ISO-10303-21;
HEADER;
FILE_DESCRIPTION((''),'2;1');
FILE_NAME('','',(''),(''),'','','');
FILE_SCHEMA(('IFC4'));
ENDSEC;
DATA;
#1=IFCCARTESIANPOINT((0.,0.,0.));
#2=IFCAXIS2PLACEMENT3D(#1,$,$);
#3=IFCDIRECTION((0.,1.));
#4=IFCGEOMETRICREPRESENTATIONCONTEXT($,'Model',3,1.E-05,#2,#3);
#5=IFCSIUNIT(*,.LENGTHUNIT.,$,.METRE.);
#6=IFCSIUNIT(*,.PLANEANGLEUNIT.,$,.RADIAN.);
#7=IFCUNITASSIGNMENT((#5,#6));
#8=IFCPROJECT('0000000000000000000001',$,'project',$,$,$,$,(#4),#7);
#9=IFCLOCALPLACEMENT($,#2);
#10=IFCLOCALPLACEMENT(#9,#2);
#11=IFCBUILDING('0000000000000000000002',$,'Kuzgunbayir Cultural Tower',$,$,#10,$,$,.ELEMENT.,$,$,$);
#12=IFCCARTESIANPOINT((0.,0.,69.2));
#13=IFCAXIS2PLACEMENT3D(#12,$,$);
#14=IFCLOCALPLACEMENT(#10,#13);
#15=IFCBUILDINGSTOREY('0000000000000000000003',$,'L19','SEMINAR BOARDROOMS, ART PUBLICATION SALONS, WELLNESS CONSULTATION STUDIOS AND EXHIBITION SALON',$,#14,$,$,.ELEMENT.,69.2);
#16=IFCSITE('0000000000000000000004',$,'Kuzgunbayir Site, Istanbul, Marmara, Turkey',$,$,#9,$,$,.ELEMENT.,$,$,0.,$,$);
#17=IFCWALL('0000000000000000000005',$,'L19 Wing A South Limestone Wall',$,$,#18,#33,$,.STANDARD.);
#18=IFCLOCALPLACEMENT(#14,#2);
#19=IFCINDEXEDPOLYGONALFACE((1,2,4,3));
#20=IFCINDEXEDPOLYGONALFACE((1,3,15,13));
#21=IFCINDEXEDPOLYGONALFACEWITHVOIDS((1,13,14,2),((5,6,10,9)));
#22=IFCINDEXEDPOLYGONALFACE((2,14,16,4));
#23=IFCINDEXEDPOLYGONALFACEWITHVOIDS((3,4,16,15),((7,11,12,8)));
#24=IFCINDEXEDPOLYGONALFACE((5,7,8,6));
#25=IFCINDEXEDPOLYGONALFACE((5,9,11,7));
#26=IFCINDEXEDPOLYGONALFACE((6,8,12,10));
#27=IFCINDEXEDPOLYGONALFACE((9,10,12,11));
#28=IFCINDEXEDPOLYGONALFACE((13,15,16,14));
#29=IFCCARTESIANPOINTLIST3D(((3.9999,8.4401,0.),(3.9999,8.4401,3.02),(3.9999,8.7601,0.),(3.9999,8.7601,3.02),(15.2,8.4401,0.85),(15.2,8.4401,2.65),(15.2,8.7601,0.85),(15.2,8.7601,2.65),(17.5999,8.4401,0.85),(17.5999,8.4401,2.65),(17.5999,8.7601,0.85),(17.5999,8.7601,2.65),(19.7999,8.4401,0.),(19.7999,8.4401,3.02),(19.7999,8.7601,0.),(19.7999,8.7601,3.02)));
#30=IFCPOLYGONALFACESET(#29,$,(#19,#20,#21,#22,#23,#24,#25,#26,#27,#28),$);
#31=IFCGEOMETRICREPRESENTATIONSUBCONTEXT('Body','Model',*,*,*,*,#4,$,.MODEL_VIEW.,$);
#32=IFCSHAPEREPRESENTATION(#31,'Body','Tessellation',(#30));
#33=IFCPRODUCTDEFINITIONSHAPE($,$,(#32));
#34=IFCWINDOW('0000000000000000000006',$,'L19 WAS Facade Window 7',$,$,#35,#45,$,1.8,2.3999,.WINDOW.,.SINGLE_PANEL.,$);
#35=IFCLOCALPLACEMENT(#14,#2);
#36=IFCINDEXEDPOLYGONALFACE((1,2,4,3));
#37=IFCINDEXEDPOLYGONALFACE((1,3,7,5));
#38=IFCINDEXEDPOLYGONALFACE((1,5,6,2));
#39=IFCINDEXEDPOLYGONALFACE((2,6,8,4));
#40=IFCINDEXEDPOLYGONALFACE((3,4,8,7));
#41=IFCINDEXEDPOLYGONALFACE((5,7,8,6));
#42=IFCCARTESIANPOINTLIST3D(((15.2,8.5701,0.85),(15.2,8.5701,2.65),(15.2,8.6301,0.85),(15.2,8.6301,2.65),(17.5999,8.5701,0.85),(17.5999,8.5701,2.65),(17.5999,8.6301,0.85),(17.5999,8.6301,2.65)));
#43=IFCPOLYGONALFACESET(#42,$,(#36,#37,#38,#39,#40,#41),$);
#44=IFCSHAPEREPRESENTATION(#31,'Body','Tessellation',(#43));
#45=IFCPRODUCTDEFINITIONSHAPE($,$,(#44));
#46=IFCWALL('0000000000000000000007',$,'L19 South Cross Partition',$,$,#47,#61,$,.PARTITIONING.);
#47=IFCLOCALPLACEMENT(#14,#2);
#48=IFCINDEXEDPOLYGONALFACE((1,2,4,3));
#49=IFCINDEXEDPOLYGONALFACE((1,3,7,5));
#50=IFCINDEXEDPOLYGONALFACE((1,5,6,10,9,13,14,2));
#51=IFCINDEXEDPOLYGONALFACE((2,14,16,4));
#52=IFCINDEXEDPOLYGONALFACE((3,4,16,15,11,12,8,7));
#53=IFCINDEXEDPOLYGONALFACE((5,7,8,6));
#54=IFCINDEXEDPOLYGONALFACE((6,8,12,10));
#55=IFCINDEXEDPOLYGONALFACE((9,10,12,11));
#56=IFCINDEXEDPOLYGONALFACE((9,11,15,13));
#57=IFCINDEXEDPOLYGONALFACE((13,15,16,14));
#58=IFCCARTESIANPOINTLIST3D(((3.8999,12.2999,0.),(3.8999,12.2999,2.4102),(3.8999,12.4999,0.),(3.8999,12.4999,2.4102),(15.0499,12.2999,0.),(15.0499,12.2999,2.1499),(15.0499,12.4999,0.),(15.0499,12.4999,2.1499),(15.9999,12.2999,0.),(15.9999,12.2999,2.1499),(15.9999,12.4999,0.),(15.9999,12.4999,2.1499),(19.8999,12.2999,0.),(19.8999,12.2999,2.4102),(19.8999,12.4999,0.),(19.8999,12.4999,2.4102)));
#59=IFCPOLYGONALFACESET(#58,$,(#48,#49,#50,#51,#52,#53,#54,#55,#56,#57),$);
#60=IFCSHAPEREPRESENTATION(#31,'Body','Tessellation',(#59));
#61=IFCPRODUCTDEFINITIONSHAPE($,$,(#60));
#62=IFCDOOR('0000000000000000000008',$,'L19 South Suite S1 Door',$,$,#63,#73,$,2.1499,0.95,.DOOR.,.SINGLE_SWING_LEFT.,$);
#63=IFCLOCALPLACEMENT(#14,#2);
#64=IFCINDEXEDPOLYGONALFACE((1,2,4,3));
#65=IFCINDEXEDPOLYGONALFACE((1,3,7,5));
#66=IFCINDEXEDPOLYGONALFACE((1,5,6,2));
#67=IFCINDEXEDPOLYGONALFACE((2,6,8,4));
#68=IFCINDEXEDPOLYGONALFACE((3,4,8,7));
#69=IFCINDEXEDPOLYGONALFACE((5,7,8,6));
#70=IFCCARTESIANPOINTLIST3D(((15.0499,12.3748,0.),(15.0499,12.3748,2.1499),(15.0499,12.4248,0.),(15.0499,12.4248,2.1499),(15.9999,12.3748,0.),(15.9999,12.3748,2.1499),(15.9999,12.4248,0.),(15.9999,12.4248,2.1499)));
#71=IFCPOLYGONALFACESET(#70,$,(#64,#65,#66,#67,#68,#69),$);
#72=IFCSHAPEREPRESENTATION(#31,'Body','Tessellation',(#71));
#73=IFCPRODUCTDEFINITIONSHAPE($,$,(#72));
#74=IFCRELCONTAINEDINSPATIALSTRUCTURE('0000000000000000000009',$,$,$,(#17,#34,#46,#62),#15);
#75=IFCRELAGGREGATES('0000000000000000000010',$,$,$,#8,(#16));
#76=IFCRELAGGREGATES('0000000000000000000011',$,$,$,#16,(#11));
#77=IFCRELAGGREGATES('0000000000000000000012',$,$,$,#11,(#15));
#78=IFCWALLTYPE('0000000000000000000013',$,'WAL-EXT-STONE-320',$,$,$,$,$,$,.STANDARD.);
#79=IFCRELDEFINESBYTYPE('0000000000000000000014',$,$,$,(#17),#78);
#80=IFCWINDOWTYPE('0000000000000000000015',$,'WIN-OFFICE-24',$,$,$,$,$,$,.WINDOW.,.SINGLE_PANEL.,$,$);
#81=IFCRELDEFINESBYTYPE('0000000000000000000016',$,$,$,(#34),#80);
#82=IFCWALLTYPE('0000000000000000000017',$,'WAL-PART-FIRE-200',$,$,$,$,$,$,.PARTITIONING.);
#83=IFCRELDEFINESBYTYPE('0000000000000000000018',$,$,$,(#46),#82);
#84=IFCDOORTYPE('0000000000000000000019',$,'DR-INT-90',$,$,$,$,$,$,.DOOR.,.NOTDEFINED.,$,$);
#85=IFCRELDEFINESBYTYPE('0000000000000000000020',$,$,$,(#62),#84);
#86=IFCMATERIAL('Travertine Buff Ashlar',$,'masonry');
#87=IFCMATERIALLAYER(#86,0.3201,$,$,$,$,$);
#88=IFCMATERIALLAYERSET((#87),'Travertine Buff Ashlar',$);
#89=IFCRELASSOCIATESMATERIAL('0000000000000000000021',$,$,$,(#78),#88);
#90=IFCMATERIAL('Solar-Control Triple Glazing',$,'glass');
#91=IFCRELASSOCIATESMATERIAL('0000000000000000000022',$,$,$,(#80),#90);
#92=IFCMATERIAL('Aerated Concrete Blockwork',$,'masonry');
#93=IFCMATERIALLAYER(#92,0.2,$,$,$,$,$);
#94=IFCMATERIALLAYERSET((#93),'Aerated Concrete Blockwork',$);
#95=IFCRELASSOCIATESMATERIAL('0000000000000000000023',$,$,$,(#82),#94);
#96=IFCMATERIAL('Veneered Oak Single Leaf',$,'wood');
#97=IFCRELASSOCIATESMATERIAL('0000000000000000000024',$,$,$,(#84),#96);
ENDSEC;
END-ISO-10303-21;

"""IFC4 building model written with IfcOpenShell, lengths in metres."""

from ifc_helpers import new_model, si_unit, direction, frame, frame_2d, origin, place, context, subcontext, project, spatial, rectangle, extrude, material, layer, layer_set, type_object, element, fill, save


model = new_model("IFC4")

# Units and contexts
model_context = context("Model", 3, precision=1e-05, world=origin(), true_north=direction((0.0, 1.0)))
body_context = subcontext(model_context, "Body", "Model", "MODEL_VIEW")
ifc_project = project(units=[si_unit("LENGTHUNIT", "METRE"), si_unit("PLANEANGLEUNIT", "RADIAN")], contexts=[model_context])

# Site, building, storey
site_placement = place(None, origin())
site = spatial("IfcSite", under=ifc_project, at=site_placement, Name="Kuzgunbayir Site, Istanbul, Marmara, Turkey", CompositionType="ELEMENT", RefElevation=0.0)
building_placement = place(site_placement, origin())
building = spatial("IfcBuilding", under=site, at=building_placement, Name="Kuzgunbayir Cultural Tower", CompositionType="ELEMENT")
storey_placement = place(building_placement, frame((0.0, 0.0, 69.2)))
storey = spatial("IfcBuildingStorey", under=building, at=storey_placement, Name="L19", Description="SEMINAR BOARDROOMS, ART PUBLICATION SALONS, WELLNESS CONSULTATION STUDIOS AND EXHIBITION SALON", CompositionType="ELEMENT", Elevation=69.2)

# Wall, opening, window
ifc_material_1 = material(Name="Travertine Buff Ashlar", Category="masonry")
ifc_layer_1 = layer(ifc_material_1, 0.3201)
ifc_layer_set_1 = layer_set([ifc_layer_1], Name="Travertine Buff Ashlar")
wall_type_1 = type_object("IfcWallType", Name="WAL-EXT-STONE-320", PredefinedType="STANDARD", material=ifc_layer_set_1)
wall_1_placement = place(storey_placement, frame((4.0, 8.6001, 0.0), z_axis=(0.0, 0.0, 1.0), x_axis=(1.0, 0.0, 0.0)))
wall_1 = element("IfcWall", 1, at=wall_1_placement, inside=storey, type_object=wall_type_1, Name="L19 Wing A South Limestone Wall", PredefinedType="STANDARD", context=body_context, shape_type="SweptSolid", body=[
    extrude(rectangle(XDim=15.8, YDim=0.3201, at=frame_2d((7.8999, 0.0))), origin(), (0.0, 0.0, 1.0), 3.02),
])
opening_1_placement = place(wall_1_placement, frame((11.2, 0.0, 0.8501)))
opening_1 = element("IfcOpeningElement", 2, at=opening_1_placement, cuts=wall_1, PredefinedType="OPENING", context=body_context, shape_type="SweptSolid", body=[
    extrude(rectangle(XDim=2.3999, YDim=1.8, at=frame_2d((1.2, 0.8999))), frame((0.0, 0.1699, 0.0), z_axis=(0.0, -1.0, 0.0), x_axis=(1.0, 0.0, 0.0)), (0.0, 0.0, 1.0), 0.3401),
])
ifc_material_2 = material(Name="Solar-Control Triple Glazing", Category="glass")
window_type = type_object("IfcWindowType", Name="WIN-OFFICE-24", PartitioningType="SINGLE_PANEL", PredefinedType="WINDOW", material=ifc_material_2)
window_placement = place(opening_1_placement, origin())
window = element("IfcWindow", 3, at=window_placement, inside=storey, type_object=window_type, Name="L19 WAS Facade Window 7", OverallHeight=1.8, OverallWidth=2.3999, PartitioningType="SINGLE_PANEL", PredefinedType="WINDOW", context=body_context, shape_type="SweptSolid", body=[
    extrude(rectangle(XDim=2.3999, YDim=1.8, at=frame_2d((1.2, 0.8999))), frame((0.0, 0.03, 0.0), z_axis=(0.0, -1.0, 0.0), x_axis=(1.0, 0.0, 0.0)), (0.0, 0.0, 1.0), 0.0601),
])
fill(opening_1, window)

# Wall, opening, door
ifc_material_3 = material(Name="Aerated Concrete Blockwork", Category="masonry")
ifc_layer_2 = layer(ifc_material_3, 0.2)
ifc_layer_set_2 = layer_set([ifc_layer_2], Name="Aerated Concrete Blockwork")
wall_type_2 = type_object("IfcWallType", Name="WAL-PART-FIRE-200", PredefinedType="PARTITIONING", material=ifc_layer_set_2)
wall_2_placement = place(storey_placement, frame((3.8999, 12.3999, 0.0), z_axis=(0.0, 0.0, 1.0), x_axis=(1.0, 0.0, 0.0)))
wall_2 = element("IfcWall", 4, at=wall_2_placement, inside=storey, type_object=wall_type_2, Name="L19 South Cross Partition", PredefinedType="PARTITIONING", context=body_context, shape_type="SweptSolid", body=[
    extrude(rectangle(XDim=16.0, YDim=0.2, at=frame_2d((8.0, 0.0))), origin(), (0.0, 0.0, 1.0), 2.4102),
])
opening_2_placement = place(wall_2_placement, frame((11.1499, 0.0, 0.0)))
opening_2 = element("IfcOpeningElement", 5, at=opening_2_placement, cuts=wall_2, PredefinedType="OPENING", context=body_context, shape_type="SweptSolid", body=[
    extrude(rectangle(XDim=0.95, YDim=2.1499, at=frame_2d((0.4751, 1.075))), frame((0.0, 0.1099, 0.0), z_axis=(0.0, -1.0, 0.0), x_axis=(1.0, 0.0, 0.0)), (0.0, 0.0, 1.0), 0.22),
])
ifc_material_4 = material(Name="Veneered Oak Single Leaf", Category="wood")
door_type = type_object("IfcDoorType", Name="DR-INT-90", OperationType="NOTDEFINED", PredefinedType="DOOR", material=ifc_material_4)
door_placement = place(opening_2_placement, origin())
door = element("IfcDoor", 6, at=door_placement, inside=storey, type_object=door_type, Name="L19 South Suite S1 Door", OperationType="SINGLE_SWING_LEFT", OverallHeight=2.1499, OverallWidth=0.95, PredefinedType="DOOR", context=body_context, shape_type="SweptSolid", body=[
    extrude(rectangle(XDim=0.95, YDim=2.1499, at=frame_2d((0.4751, 1.075))), frame((0.0, 0.0249, 0.0), z_axis=(0.0, -1.0, 0.0), x_axis=(1.0, 0.0, 0.0)), (0.0, 0.0, 1.0), 0.05),
])
fill(opening_2, door)

save(model, "model.ifc")
